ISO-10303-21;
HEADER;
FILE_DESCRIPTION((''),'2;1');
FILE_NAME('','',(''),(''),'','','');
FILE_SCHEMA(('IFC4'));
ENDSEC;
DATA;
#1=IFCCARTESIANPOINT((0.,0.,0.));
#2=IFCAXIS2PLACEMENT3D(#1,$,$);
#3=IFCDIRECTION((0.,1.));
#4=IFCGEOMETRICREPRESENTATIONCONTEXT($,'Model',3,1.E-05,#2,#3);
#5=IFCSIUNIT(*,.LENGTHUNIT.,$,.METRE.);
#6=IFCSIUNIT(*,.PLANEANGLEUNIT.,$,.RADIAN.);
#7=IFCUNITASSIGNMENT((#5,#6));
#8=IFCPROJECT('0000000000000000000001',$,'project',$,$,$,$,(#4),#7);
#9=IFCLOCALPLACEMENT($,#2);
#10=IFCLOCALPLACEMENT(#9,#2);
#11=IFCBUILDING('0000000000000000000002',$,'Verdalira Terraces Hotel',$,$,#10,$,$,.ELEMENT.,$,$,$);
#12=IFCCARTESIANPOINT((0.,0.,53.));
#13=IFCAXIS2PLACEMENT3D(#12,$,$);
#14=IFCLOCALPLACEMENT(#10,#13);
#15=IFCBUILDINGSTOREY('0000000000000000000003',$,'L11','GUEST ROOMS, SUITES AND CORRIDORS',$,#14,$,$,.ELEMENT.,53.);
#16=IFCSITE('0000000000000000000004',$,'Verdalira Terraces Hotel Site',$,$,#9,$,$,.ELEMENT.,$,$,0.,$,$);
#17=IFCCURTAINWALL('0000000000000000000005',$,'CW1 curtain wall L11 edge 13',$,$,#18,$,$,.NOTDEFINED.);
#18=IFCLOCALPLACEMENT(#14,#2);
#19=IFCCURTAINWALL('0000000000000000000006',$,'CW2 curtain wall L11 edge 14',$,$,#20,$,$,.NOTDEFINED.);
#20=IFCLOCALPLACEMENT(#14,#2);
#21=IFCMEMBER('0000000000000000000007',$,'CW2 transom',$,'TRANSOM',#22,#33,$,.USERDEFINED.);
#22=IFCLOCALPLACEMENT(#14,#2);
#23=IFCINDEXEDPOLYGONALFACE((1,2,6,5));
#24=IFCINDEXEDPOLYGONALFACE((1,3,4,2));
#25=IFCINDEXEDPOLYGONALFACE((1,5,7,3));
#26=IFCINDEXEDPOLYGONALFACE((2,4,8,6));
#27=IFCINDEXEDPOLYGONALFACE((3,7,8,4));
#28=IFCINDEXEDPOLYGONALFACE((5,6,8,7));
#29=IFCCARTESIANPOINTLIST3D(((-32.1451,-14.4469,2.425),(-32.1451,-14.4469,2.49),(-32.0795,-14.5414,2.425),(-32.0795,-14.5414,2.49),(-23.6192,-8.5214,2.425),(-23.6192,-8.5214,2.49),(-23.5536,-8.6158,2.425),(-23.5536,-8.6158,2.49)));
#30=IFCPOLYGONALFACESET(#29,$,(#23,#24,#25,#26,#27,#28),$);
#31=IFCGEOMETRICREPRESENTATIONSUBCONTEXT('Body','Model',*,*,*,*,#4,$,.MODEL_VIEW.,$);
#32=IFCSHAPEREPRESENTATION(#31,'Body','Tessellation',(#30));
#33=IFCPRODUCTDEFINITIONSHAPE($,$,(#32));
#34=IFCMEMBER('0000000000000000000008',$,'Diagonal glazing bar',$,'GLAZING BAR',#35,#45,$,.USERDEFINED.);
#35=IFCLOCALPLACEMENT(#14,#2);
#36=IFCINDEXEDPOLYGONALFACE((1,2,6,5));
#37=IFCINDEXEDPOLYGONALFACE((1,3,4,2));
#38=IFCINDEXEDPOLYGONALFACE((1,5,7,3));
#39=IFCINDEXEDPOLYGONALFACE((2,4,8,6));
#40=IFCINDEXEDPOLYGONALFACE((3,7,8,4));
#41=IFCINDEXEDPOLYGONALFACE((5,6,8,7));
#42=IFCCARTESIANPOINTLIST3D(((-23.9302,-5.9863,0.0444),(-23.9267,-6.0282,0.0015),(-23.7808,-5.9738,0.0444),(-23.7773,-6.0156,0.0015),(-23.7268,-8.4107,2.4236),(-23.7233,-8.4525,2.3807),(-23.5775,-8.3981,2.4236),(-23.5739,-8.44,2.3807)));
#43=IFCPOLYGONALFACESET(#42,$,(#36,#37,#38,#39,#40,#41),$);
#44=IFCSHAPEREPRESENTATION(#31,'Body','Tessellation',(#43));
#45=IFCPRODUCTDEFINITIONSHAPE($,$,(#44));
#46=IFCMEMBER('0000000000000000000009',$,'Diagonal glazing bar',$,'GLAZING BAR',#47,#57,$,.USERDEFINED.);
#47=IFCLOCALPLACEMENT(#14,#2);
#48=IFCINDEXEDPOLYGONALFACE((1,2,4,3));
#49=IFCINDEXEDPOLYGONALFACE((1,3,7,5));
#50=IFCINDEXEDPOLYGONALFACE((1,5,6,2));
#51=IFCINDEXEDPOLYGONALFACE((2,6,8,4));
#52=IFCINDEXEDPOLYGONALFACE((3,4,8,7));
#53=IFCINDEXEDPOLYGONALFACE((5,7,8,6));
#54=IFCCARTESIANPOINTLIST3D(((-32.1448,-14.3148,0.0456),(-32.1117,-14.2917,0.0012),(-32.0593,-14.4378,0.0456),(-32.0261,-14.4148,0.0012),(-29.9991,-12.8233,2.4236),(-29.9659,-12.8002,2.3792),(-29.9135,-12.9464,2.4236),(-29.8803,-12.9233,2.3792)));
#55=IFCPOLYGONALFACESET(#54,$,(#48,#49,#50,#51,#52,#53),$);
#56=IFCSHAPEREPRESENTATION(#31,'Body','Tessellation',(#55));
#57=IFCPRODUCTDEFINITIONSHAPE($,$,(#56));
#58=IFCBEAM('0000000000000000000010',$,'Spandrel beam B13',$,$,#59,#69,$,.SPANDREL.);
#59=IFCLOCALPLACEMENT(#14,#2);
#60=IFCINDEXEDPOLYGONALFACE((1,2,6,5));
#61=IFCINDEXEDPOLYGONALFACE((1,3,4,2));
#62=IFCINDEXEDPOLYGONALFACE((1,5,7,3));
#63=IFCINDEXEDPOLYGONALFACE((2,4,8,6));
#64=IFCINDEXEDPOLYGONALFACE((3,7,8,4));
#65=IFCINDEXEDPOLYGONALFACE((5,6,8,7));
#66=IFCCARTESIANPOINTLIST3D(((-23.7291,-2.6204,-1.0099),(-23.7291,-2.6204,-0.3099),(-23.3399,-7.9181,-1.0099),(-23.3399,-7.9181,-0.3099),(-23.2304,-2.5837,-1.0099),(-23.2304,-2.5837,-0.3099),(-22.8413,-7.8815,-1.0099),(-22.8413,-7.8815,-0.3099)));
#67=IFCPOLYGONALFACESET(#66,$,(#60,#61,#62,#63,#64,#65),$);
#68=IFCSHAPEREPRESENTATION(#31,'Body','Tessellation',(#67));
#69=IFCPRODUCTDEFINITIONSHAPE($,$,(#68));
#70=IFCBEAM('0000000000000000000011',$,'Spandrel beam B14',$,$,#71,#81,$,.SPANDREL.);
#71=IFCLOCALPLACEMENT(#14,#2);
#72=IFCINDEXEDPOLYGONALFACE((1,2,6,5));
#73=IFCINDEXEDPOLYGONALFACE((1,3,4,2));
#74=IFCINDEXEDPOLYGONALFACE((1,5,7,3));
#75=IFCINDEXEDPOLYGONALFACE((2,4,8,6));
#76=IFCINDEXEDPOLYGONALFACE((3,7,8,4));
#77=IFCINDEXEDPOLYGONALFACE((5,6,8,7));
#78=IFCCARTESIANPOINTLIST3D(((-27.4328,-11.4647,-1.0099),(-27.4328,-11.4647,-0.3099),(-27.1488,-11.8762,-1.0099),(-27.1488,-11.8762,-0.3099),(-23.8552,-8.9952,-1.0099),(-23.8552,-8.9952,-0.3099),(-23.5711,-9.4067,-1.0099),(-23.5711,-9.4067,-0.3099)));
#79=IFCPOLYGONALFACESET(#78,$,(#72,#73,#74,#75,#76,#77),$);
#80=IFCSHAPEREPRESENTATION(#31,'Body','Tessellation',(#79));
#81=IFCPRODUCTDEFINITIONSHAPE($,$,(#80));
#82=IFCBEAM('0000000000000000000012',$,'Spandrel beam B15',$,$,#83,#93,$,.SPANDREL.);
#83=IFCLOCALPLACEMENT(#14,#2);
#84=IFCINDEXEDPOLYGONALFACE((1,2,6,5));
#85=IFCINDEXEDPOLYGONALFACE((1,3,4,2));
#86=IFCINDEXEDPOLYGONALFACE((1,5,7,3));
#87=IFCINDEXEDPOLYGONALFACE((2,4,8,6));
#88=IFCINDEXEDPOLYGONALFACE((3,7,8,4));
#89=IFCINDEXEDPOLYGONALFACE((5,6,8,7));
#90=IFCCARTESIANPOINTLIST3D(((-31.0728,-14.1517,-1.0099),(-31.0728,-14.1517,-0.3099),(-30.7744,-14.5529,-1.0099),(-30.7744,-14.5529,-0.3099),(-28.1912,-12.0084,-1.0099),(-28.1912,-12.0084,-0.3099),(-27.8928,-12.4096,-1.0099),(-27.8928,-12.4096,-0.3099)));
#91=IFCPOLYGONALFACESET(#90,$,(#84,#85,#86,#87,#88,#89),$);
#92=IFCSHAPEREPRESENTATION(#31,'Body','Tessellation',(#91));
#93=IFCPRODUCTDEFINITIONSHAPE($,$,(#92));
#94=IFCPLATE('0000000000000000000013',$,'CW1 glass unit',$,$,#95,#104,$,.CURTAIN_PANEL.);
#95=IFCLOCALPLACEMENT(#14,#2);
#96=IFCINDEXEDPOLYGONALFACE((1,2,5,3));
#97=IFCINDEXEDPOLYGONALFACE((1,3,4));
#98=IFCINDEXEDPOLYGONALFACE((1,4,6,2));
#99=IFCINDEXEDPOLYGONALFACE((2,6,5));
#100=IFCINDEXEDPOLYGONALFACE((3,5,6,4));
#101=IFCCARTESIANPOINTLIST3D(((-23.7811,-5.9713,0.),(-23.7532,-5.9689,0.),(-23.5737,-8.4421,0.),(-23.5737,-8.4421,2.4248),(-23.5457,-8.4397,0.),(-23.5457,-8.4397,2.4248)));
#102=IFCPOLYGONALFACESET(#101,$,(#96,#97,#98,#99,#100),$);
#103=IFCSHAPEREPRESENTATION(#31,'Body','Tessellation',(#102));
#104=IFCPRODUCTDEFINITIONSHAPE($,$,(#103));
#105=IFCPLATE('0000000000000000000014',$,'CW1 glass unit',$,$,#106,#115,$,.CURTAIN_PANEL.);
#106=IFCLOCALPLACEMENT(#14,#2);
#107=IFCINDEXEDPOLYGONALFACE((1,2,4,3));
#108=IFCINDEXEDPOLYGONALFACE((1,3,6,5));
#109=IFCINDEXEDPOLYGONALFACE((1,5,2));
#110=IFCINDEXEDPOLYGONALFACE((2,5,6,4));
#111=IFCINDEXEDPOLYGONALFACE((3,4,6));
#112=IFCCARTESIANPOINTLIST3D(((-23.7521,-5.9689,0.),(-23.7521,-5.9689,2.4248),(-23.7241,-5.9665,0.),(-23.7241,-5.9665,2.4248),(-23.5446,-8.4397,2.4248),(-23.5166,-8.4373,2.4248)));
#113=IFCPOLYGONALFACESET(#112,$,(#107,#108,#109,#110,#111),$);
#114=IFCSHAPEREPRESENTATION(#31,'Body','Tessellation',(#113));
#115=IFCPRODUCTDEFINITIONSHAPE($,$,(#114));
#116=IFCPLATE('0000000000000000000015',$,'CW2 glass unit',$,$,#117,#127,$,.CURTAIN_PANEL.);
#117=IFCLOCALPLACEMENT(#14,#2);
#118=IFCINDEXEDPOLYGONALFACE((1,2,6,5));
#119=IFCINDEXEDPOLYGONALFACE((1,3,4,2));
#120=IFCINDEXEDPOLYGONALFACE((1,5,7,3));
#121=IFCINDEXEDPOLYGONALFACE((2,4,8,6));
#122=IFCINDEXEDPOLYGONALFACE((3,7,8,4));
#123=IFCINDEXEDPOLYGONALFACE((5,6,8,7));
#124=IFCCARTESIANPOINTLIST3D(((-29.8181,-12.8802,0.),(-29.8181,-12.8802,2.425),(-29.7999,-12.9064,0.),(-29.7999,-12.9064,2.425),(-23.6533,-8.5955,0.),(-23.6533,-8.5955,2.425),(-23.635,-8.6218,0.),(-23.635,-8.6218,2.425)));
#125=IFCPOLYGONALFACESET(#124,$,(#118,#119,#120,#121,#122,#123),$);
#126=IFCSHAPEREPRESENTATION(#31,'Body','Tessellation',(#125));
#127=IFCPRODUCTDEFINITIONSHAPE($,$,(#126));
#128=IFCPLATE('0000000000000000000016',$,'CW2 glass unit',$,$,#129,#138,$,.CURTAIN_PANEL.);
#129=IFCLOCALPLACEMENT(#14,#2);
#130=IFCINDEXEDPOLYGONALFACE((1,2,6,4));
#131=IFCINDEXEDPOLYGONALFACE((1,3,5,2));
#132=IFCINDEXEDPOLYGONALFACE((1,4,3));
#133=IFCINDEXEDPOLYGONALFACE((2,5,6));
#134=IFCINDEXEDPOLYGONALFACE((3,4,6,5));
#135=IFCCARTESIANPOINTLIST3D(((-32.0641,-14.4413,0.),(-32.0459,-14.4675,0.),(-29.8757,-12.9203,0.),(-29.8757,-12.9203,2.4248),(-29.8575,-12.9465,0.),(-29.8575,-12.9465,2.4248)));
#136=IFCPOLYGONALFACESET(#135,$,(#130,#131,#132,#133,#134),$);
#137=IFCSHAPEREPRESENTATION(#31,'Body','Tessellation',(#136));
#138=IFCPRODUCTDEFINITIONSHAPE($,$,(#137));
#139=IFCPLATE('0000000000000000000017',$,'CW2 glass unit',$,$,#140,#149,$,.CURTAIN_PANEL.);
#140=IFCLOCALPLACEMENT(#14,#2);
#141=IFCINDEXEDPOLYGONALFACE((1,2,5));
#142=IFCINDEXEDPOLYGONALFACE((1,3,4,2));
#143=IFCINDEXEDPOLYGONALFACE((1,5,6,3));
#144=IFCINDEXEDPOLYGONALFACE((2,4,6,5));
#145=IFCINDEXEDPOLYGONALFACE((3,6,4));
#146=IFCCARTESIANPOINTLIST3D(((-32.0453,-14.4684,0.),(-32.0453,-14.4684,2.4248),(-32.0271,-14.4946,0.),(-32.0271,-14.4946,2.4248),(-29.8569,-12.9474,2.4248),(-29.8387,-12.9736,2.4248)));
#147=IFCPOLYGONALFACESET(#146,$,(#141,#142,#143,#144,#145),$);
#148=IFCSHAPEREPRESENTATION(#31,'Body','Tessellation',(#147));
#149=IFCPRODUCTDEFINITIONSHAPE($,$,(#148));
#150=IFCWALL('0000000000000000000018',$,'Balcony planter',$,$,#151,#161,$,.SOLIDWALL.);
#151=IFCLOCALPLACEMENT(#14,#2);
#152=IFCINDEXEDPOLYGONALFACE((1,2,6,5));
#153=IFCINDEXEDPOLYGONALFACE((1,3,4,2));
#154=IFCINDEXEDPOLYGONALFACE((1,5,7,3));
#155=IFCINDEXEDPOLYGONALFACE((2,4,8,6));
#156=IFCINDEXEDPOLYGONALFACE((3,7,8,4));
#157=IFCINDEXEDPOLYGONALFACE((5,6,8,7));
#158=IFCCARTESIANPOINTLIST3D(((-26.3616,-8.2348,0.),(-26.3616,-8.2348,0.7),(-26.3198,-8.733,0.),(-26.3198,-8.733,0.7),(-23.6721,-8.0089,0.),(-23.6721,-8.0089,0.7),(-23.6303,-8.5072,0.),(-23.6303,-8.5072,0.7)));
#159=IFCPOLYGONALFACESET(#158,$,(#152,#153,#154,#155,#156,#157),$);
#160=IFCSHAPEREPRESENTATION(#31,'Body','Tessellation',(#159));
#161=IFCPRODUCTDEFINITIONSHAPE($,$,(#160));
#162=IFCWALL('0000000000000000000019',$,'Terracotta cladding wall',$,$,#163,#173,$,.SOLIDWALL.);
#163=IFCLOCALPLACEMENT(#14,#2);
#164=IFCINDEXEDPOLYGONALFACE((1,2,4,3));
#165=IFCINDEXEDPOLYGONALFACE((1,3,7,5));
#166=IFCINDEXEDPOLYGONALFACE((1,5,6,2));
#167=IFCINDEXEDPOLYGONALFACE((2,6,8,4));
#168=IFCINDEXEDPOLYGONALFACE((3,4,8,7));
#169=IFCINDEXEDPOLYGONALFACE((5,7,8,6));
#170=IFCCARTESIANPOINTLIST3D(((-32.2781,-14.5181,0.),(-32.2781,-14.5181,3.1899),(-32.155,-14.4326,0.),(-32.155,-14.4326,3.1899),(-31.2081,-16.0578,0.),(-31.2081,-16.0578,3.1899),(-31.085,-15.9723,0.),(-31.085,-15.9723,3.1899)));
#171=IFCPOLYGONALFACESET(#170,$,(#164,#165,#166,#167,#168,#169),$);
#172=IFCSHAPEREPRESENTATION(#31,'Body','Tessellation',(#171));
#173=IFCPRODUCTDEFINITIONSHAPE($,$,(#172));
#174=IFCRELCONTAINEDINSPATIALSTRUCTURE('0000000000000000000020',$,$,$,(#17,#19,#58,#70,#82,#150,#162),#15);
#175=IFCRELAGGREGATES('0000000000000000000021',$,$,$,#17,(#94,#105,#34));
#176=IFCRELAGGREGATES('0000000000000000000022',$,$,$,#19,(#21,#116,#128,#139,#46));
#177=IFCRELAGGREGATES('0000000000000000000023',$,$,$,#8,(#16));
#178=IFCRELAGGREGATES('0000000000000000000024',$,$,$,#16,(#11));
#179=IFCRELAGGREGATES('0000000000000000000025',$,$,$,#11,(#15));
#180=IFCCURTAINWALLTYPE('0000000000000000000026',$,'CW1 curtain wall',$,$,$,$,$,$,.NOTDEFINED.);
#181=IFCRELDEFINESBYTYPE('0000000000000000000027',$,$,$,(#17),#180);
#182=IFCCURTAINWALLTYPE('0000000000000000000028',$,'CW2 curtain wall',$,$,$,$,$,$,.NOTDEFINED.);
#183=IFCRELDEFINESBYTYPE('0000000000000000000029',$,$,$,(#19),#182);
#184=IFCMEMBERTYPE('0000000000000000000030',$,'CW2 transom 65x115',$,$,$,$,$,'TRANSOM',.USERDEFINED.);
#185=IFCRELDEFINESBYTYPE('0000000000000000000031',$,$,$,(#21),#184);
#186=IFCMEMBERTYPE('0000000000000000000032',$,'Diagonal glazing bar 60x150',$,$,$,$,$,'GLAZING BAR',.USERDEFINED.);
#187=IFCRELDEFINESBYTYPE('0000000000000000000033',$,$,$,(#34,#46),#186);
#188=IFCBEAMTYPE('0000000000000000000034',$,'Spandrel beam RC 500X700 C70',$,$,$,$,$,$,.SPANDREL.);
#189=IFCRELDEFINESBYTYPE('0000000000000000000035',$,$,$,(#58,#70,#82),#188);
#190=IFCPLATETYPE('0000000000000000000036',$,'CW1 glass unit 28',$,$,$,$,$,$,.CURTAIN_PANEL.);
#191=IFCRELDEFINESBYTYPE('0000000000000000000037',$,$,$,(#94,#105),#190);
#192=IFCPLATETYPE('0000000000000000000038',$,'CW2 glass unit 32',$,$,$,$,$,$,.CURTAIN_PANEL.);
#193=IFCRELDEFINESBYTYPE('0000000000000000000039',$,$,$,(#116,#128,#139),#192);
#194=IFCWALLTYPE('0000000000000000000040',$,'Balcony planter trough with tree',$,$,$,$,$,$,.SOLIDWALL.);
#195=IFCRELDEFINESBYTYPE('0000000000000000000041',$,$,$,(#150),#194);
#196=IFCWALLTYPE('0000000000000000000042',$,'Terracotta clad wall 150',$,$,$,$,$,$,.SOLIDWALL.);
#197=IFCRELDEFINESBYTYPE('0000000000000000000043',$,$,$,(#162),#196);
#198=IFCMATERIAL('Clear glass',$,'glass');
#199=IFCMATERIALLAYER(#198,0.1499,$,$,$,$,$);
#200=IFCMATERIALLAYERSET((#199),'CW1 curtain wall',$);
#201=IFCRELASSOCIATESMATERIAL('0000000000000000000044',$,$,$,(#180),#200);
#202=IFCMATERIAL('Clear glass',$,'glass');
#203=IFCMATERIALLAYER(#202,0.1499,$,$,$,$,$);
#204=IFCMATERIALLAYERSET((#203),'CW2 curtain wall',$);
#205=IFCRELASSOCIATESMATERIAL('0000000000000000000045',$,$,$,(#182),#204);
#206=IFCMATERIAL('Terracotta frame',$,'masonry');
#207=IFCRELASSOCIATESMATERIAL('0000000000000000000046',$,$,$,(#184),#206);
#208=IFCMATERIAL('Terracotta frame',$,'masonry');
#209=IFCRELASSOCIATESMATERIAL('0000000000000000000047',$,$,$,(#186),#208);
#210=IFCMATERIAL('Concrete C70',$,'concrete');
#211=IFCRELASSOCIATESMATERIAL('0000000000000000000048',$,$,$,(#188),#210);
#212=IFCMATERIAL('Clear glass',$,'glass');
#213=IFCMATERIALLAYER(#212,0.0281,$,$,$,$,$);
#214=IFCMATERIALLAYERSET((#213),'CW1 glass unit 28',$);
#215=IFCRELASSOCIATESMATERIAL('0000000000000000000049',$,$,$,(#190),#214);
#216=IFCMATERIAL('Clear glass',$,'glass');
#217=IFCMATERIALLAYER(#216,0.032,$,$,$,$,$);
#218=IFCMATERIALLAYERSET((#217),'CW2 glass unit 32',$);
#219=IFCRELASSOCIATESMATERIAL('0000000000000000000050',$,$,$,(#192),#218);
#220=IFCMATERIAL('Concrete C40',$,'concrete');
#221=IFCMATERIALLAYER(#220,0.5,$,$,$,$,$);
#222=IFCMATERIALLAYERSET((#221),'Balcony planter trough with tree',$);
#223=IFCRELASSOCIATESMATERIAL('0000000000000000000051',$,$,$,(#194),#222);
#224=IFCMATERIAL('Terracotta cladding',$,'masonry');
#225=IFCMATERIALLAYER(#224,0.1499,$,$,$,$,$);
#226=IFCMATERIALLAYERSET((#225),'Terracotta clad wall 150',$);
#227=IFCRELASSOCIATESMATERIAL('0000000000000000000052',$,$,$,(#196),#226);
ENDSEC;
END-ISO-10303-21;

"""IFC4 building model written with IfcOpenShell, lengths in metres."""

from ifc_helpers import new_model, si_unit, direction, frame, frame_2d, origin, origin_2d, place, context, subcontext, project, spatial, polyline, rectangle, outline, extrude, material, layer, layer_set, material_profile, profile_set, type_object, element, aggregate, save


model = new_model("IFC4")

# Units and contexts
model_context = context("Model", 3, precision=1e-05, world=origin(), true_north=direction((0.0, 1.0)))
body_context = subcontext(model_context, "Body", "Model", "MODEL_VIEW")
ifc_project = project(units=[si_unit("LENGTHUNIT", "METRE"), si_unit("PLANEANGLEUNIT", "RADIAN")], contexts=[model_context])

# Site, building, storey
site_placement = place(None, origin())
site = spatial("IfcSite", under=ifc_project, at=site_placement, Name="Verdalira Terraces Hotel Site", CompositionType="ELEMENT", RefElevation=0.0)
building_placement = place(site_placement, origin())
building = spatial("IfcBuilding", under=site, at=building_placement, Name="Verdalira Terraces Hotel", CompositionType="ELEMENT")
storey_placement = place(building_placement, frame((0.0, 0.0, 53.0)))
storey = spatial("IfcBuildingStorey", under=building, at=storey_placement, Name="L11", Description="GUEST ROOMS, SUITES AND CORRIDORS", CompositionType="ELEMENT", Elevation=53.0)

# Curtain wall
ifc_material_1 = material(Name="Clear glass", Category="glass")
ifc_layer_1 = layer(ifc_material_1, 0.1499)
ifc_layer_set_1 = layer_set([ifc_layer_1], Name="CW1 curtain wall")
curtain_wall_type_1 = type_object("IfcCurtainWallType", Name="CW1 curtain wall", PredefinedType="NOTDEFINED", material=ifc_layer_set_1)
curtain_wall_1_placement = place(storey_placement, origin())
curtain_wall_1 = element("IfcCurtainWall", 1, at=curtain_wall_1_placement, inside=storey, type_object=curtain_wall_type_1, Name="CW1 curtain wall L11 edge 13", PredefinedType="NOTDEFINED")

# Curtain wall, member
ifc_material_2 = material(Name="Clear glass", Category="glass")
ifc_layer_2 = layer(ifc_material_2, 0.1499)
ifc_layer_set_2 = layer_set([ifc_layer_2], Name="CW2 curtain wall")
curtain_wall_type_2 = type_object("IfcCurtainWallType", Name="CW2 curtain wall", PredefinedType="NOTDEFINED", material=ifc_layer_set_2)
curtain_wall_2_placement = place(storey_placement, origin())
curtain_wall_2 = element("IfcCurtainWall", 2, at=curtain_wall_2_placement, inside=storey, type_object=curtain_wall_type_2, Name="CW2 curtain wall L11 edge 14", PredefinedType="NOTDEFINED")
ifc_material_3 = material(Name="Terracotta frame", Category="masonry")
ifc_material_profile_1 = material_profile(ifc_material_3, rectangle(XDim=0.115, YDim=0.0649, at=origin_2d()), Name="TR 65x115")
ifc_profile_set_1 = profile_set([ifc_material_profile_1], Name="Terracotta frame")
member_type_1 = type_object("IfcMemberType", Name="CW2 transom 65x115", ElementType="TRANSOM", PredefinedType="USERDEFINED", material=ifc_profile_set_1)
member_1_placement = place(storey_placement, frame((-23.5864, -8.5686, 2.4575), z_axis=(-0.821154, -0.570707, 0.0), x_axis=(0.570707, -0.821154, 0.0)))
member_1 = element("IfcMember", 3, at=member_1_placement, type_object=member_type_1, Name="CW2 transom", ObjectType="TRANSOM", PredefinedType="USERDEFINED", context=body_context, shape_type="SweptSolid", body=[
    extrude(rectangle(XDim=0.115, YDim=0.0649, at=origin_2d()), origin(), (0.0, 0.0, 1.0), 10.3828),
])

# Members
ifc_material_4 = material(Name="Terracotta frame", Category="masonry")
ifc_material_profile_2 = material_profile(ifc_material_4, rectangle(XDim=0.1499, YDim=0.0601, at=origin_2d()), Name="GB 60x150")
ifc_profile_set_2 = profile_set([ifc_material_profile_2], Name="Terracotta frame")
member_type_2 = type_object("IfcMemberType", Name="Diagonal glazing bar 60x150", ElementType="GLAZING BAR", PredefinedType="USERDEFINED", material=ifc_profile_set_2)
member_2_placement = place(storey_placement, frame((-23.8538, -6.001, 0.0229), z_axis=(0.059765, -0.712448, 0.699175), x_axis=(0.9965, 0.083594, 0.0)))
member_2 = element("IfcMember", 4, at=member_2_placement, type_object=member_type_2, Name="Diagonal glazing bar", ObjectType="GLAZING BAR", PredefinedType="USERDEFINED", context=body_context, shape_type="SweptSolid", body=[
    extrude(rectangle(XDim=0.1499, YDim=0.0601, at=origin_2d()), origin(), (0.0, 0.0, 1.0), 3.4028),
])
member_3_placement = place(storey_placement, frame((-29.9397, -12.8733, 2.4014), z_axis=(-0.607318, -0.42213, -0.673031), x_axis=(0.570744, -0.821128, 0.0)))
member_3 = element("IfcMember", 5, at=member_3_placement, type_object=member_type_2, Name="Diagonal glazing bar", ObjectType="GLAZING BAR", PredefinedType="USERDEFINED", context=body_context, shape_type="SweptSolid", body=[
    extrude(rectangle(XDim=0.1499, YDim=0.0601, at=origin_2d()), origin(), (0.0, 0.0, 1.0), 3.5332),
])

# Beams
ifc_material_5 = material(Name="Concrete C70", Category="concrete")
ifc_material_profile_3 = material_profile(ifc_material_5, rectangle(XDim=0.5, YDim=0.7, at=origin_2d()), Name="RC 500X700")
ifc_profile_set_3 = profile_set([ifc_material_profile_3], Name="Concrete C70")
beam_type_1 = type_object("IfcBeamType", Name="Spandrel beam RC 500X700 C70", PredefinedType="SPANDREL", material=ifc_profile_set_3)
beam_1_placement = place(storey_placement, frame((-23.4797, -2.6021, -0.6599), z_axis=(0.073259, -0.997313, 0.0), x_axis=(0.997313, 0.073259, 0.0)))
element("IfcBeam", 6, at=beam_1_placement, inside=storey, type_object=beam_type_1, Name="Spandrel beam B13", PredefinedType="SPANDREL", context=body_context, shape_type="SweptSolid", body=[
    extrude(rectangle(XDim=0.5, YDim=0.7, at=origin_2d()), origin(), (0.0, 0.0, 1.0), 5.312),
])
beam_2_placement = place(storey_placement, frame((-23.7131, -9.2009, -0.6599), z_axis=(-0.822982, -0.568068, 0.0), x_axis=(0.568068, -0.822982, 0.0)))
element("IfcBeam", 7, at=beam_2_placement, inside=storey, type_object=beam_type_1, Name="Spandrel beam B14", PredefinedType="SPANDREL", context=body_context, shape_type="SweptSolid", body=[
    extrude(rectangle(XDim=0.5, YDim=0.7, at=origin_2d()), origin(), (0.0, 0.0, 1.0), 4.3472),
])
beam_3_placement = place(storey_placement, frame((-28.042, -12.209, -0.6599), z_axis=(-0.802384, -0.596808, 0.0), x_axis=(0.596808, -0.802384, 0.0)))
element("IfcBeam", 8, at=beam_3_placement, inside=storey, type_object=beam_type_1, Name="Spandrel beam B15", PredefinedType="SPANDREL", context=body_context, shape_type="SweptSolid", body=[
    extrude(rectangle(XDim=0.5, YDim=0.7, at=origin_2d()), origin(), (0.0, 0.0, 1.0), 3.5913),
])

# Plates
ifc_material_6 = material(Name="Clear glass", Category="glass")
ifc_layer_3 = layer(ifc_material_6, 0.0281)
ifc_layer_set_3 = layer_set([ifc_layer_3], Name="CW1 glass unit 28")
plate_type_1 = type_object("IfcPlateType", Name="CW1 glass unit 28", PredefinedType="CURTAIN_PANEL", material=ifc_layer_set_3)
plate_1_placement = place(storey_placement, frame((-23.6494, -7.2043, 1.2124), z_axis=(-0.996493, -0.083678, 0.0), x_axis=(0.083678, -0.996493, 0.0)))
plate_1 = element("IfcPlate", 9, at=plate_1_placement, type_object=plate_type_1, Name="CW1 glass unit", PredefinedType="CURTAIN_PANEL", context=body_context, shape_type="SweptSolid", body=[
    extrude(outline(polyline([(-1.2397, -1.2124), (1.2397, -1.2124), (1.2397, 1.2124), (-1.2397, -1.2124)])), origin(), (0.0, 0.0, 1.0), 0.0281),
])
plate_2_placement = place(storey_placement, frame((-23.6204, -7.2019, 1.2124), z_axis=(-0.996493, -0.083678, 0.0), x_axis=(0.083678, -0.996493, 0.0)))
plate_2 = element("IfcPlate", 10, at=plate_2_placement, type_object=plate_type_1, Name="CW1 glass unit", PredefinedType="CURTAIN_PANEL", context=body_context, shape_type="SweptSolid", body=[
    extrude(outline(polyline([(-1.2397, -1.2124), (1.2397, 1.2124), (-1.2397, 1.2124), (-1.2397, -1.2124)])), origin(), (0.0, 0.0, 1.0), 0.0281),
])
aggregate(curtain_wall_1, [plate_1, plate_2, member_2])
ifc_material_7 = material(Name="Clear glass", Category="glass")
ifc_layer_4 = layer(ifc_material_7, 0.032)
ifc_layer_set_4 = layer_set([ifc_layer_4], Name="CW2 glass unit 32")
plate_type_2 = type_object("IfcPlateType", Name="CW2 glass unit 32", PredefinedType="CURTAIN_PANEL", material=ifc_layer_set_4)
plate_3_placement = place(storey_placement, frame((-26.7266, -10.751, 0.0), z_axis=(0.0, 0.0, 1.0), x_axis=(-0.821149, -0.570714, 0.0)))
plate_3 = element("IfcPlate", 11, at=plate_3_placement, type_object=plate_type_2, Name="CW2 glass unit", PredefinedType="CURTAIN_PANEL", context=body_context, shape_type="SweptSolid", body=[
    extrude(rectangle(XDim=7.5076, YDim=0.032, at=origin_2d()), origin(), (0.0, 0.0, 1.0), 2.425),
])
plate_4_placement = place(storey_placement, frame((-30.9517, -13.707, 1.2124), z_axis=(-0.570714, 0.821149, 0.0), x_axis=(-0.821149, -0.570714, 0.0)))
plate_4 = element("IfcPlate", 12, at=plate_4_placement, type_object=plate_type_2, Name="CW2 glass unit", PredefinedType="CURTAIN_PANEL", context=body_context, shape_type="SweptSolid", body=[
    extrude(outline(polyline([(-1.3325, -1.2124), (1.3325, -1.2124), (-1.3325, 1.2124), (-1.3325, -1.2124)])), origin(), (0.0, 0.0, 1.0), 0.032),
])
plate_5_placement = place(storey_placement, frame((-30.9329, -13.7341, 1.2124), z_axis=(-0.570714, 0.821149, 0.0), x_axis=(-0.821149, -0.570714, 0.0)))
plate_5 = element("IfcPlate", 13, at=plate_5_placement, type_object=plate_type_2, Name="CW2 glass unit", PredefinedType="CURTAIN_PANEL", context=body_context, shape_type="SweptSolid", body=[
    extrude(outline(polyline([(1.3325, -1.2124), (1.3325, 1.2124), (-1.3325, 1.2124), (1.3325, -1.2124)])), origin(), (0.0, 0.0, 1.0), 0.032),
])
aggregate(curtain_wall_2, [member_1, plate_3, plate_4, plate_5, member_3])

# Walls
ifc_material_8 = material(Name="Concrete C40", Category="concrete")
ifc_layer_5 = layer(ifc_material_8, 0.5)
ifc_layer_set_5 = layer_set([ifc_layer_5], Name="Balcony planter trough with tree")
wall_type_1 = type_object("IfcWallType", Name="Balcony planter trough with tree", PredefinedType="SOLIDWALL", material=ifc_layer_set_5)
wall_1_placement = place(storey_placement, frame((-26.3408, -8.4839, 0.0), z_axis=(0.0, 0.0, 1.0), x_axis=(0.996493, 0.083674, 0.0)))
element("IfcWall", 14, at=wall_1_placement, inside=storey, type_object=wall_type_1, Name="Balcony planter", PredefinedType="SOLIDWALL", context=body_context, shape_type="SweptSolid", body=[
    extrude(rectangle(XDim=2.699, YDim=0.5, at=frame_2d((1.3496, 0.0))), origin(), (0.0, 0.0, 1.0), 0.7),
])
ifc_material_9 = material(Name="Terracotta cladding", Category="masonry")
ifc_layer_6 = layer(ifc_material_9, 0.1499)
ifc_layer_set_6 = layer_set([ifc_layer_6], Name="Terracotta clad wall 150")
wall_type_2 = type_object("IfcWallType", Name="Terracotta clad wall 150", PredefinedType="SOLIDWALL", material=ifc_layer_set_6)
wall_2_placement = place(storey_placement, frame((-32.2166, -14.4753, 0.0), z_axis=(0.0, 0.0, 1.0), x_axis=(0.570671, -0.821178, 0.0)))
element("IfcWall", 15, at=wall_2_placement, inside=storey, type_object=wall_type_2, Name="Terracotta cladding wall", PredefinedType="SOLIDWALL", context=body_context, shape_type="SweptSolid", body=[
    extrude(rectangle(XDim=1.875, YDim=0.1499, at=frame_2d((0.9375, 0.0))), origin(), (0.0, 0.0, 1.0), 3.1899),
])

save(model, "model.ifc")
